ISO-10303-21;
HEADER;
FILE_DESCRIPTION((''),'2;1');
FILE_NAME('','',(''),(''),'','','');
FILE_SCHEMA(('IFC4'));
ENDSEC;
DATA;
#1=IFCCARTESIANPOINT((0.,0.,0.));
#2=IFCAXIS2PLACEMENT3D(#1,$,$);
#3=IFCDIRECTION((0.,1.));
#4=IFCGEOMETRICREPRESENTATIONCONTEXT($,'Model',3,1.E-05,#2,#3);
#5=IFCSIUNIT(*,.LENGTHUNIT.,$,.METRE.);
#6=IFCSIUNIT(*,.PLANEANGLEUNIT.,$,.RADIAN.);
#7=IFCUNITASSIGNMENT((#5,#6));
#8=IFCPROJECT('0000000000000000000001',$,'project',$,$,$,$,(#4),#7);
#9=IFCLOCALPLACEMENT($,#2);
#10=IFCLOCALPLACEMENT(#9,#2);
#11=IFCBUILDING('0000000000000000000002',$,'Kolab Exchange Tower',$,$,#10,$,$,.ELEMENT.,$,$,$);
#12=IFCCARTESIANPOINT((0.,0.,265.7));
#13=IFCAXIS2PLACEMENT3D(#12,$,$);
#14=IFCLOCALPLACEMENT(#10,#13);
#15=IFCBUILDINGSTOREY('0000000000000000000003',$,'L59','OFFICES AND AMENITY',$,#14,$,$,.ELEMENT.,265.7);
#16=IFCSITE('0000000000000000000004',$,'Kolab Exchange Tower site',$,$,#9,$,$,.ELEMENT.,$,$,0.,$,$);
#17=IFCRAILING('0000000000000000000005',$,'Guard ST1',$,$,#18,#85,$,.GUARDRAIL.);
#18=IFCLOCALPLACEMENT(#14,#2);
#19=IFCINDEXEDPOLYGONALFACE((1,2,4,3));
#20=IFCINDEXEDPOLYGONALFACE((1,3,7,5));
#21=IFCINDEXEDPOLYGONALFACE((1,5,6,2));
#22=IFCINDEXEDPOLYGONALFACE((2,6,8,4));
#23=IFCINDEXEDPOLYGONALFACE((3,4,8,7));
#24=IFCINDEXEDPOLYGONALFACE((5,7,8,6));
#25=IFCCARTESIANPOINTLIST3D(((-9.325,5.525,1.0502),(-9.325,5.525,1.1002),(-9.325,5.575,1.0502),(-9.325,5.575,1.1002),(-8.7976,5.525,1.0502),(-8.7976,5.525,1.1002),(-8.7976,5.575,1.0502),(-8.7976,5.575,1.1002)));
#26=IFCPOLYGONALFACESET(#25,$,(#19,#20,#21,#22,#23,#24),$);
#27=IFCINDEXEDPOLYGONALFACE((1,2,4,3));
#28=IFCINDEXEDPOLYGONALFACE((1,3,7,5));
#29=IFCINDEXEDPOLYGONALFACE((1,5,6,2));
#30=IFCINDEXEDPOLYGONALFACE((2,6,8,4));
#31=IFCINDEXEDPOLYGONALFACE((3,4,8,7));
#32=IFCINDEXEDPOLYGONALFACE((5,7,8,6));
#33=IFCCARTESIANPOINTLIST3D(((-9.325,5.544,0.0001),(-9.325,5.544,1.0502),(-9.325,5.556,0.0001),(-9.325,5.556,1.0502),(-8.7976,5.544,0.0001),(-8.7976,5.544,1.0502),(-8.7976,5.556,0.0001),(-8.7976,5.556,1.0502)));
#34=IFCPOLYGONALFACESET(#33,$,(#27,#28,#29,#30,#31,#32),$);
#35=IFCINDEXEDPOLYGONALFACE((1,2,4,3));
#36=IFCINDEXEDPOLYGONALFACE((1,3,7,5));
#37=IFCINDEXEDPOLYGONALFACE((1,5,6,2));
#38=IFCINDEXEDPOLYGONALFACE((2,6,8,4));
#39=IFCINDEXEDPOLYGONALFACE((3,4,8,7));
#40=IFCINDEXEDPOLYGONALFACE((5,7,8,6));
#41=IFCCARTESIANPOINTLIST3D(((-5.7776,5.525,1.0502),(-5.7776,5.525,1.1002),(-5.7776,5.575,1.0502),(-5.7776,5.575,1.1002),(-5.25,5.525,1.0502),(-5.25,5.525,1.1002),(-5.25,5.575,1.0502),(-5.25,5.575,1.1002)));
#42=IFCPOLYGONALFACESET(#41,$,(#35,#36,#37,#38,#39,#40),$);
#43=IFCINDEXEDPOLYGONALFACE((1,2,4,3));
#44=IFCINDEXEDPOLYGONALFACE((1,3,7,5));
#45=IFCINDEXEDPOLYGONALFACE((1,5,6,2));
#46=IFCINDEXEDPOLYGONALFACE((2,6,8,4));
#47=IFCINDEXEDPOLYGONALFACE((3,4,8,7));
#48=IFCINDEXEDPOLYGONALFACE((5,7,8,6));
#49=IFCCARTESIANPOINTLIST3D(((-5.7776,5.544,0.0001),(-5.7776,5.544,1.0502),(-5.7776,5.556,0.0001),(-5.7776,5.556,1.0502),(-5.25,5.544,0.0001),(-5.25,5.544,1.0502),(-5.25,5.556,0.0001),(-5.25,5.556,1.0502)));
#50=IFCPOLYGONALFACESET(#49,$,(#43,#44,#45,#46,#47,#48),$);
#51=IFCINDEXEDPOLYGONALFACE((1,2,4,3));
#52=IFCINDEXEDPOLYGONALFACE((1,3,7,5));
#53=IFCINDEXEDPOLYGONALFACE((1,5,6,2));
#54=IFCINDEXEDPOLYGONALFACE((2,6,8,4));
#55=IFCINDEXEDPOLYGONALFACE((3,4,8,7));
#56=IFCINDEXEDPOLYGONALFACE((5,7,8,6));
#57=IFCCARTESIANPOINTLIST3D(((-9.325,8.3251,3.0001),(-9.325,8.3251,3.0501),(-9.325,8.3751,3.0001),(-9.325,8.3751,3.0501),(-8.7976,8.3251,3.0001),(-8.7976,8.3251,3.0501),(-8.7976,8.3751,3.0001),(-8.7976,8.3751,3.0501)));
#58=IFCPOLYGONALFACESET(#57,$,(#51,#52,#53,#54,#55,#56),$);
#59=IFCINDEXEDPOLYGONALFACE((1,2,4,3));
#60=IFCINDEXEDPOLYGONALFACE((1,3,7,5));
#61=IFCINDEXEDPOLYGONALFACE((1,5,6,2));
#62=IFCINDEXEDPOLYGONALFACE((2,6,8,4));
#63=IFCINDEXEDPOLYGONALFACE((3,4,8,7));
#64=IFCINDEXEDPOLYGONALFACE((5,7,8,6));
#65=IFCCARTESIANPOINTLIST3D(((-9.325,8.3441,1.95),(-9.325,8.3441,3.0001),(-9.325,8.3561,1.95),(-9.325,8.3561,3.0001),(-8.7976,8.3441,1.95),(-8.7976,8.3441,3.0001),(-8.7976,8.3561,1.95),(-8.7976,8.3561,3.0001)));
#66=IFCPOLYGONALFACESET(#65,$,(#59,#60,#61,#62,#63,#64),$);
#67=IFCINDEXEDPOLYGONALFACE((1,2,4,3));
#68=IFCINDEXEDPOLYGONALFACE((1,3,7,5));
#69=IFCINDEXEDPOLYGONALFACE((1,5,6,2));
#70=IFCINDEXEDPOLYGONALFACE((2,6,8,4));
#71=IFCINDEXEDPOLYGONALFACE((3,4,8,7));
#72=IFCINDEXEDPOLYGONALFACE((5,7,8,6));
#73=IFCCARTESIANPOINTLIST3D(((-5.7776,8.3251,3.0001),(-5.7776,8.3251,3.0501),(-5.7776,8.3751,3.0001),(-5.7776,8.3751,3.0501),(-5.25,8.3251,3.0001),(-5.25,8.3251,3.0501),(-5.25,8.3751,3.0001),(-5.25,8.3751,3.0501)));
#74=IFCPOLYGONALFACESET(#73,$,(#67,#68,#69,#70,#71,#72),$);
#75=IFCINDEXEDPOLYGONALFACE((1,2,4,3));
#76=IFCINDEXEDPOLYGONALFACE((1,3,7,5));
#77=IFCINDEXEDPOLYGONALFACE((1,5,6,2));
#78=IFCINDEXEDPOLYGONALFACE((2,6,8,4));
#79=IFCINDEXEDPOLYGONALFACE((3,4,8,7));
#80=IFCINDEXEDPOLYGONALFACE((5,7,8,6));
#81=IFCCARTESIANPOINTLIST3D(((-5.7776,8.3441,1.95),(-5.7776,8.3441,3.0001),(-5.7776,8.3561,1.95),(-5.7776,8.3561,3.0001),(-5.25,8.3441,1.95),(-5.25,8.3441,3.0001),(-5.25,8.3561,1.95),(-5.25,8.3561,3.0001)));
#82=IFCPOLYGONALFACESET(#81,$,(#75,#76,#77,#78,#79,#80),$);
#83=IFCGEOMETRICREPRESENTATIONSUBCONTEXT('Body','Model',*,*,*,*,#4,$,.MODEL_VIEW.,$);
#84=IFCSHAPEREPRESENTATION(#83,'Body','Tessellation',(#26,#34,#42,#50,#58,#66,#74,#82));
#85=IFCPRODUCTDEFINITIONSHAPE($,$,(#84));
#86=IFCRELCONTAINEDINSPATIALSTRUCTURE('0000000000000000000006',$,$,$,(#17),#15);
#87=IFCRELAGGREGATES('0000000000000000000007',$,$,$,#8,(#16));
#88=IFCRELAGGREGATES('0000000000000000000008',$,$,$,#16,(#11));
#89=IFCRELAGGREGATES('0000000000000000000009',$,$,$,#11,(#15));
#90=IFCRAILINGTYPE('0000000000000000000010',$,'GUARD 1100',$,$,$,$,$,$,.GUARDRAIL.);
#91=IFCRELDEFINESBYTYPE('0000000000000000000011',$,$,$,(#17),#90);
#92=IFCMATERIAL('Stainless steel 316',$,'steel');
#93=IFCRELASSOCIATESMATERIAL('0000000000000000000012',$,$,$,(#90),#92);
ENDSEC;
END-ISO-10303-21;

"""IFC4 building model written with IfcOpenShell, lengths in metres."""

from ifc_helpers import new_model, si_unit, direction, frame, frame_2d, origin, origin_2d, place, context, subcontext, project, spatial, rectangle, extrude, material, type_object, element, save


model = new_model("IFC4")

# Units and contexts
model_context = context("Model", 3, precision=1e-05, world=origin(), true_north=direction((0.0, 1.0)))
body_context = subcontext(model_context, "Body", "Model", "MODEL_VIEW")
ifc_project = project(units=[si_unit("LENGTHUNIT", "METRE"), si_unit("PLANEANGLEUNIT", "RADIAN")], contexts=[model_context])

# Site, building, storey
site_placement = place(None, origin())
site = spatial("IfcSite", under=ifc_project, at=site_placement, Name="Kolab Exchange Tower site", CompositionType="ELEMENT", RefElevation=0.0)
building_placement = place(site_placement, origin())
building = spatial("IfcBuilding", under=site, at=building_placement, Name="Kolab Exchange Tower", CompositionType="ELEMENT")
storey_placement = place(building_placement, frame((0.0, 0.0, 265.7)))
storey = spatial("IfcBuildingStorey", under=building, at=storey_placement, Name="L59", Description="OFFICES AND AMENITY", CompositionType="ELEMENT", Elevation=265.7)

# Railing
ifc_material_1 = material(Name="Stainless steel 316", Category="steel")
railing_type = type_object("IfcRailingType", Name="GUARD 1100", PredefinedType="GUARDRAIL", material=ifc_material_1)
railing_placement = place(storey_placement, frame((-9.325, 5.55, 0.0)))
element("IfcRailing", 1, at=railing_placement, inside=storey, type_object=railing_type, Name="Guard ST1", PredefinedType="GUARDRAIL", context=body_context, shape_type="SweptSolid", body=[
    extrude(rectangle(XDim=0.05, YDim=0.05, at=origin_2d()), frame((0.0, 0.0, 1.0752), z_axis=(1.0, 0.0, 0.0), x_axis=(0.0, 1.0, 0.0)), (0.0, 0.0, 1.0), 0.5273),
    extrude(rectangle(XDim=0.012, YDim=1.0501, at=frame_2d((0.0, 0.5251))), frame((0.0, 0.0, 0.0), z_axis=(1.0, 0.0, 0.0), x_axis=(0.0, 1.0, 0.0)), (0.0, 0.0, 1.0), 0.5273),
    extrude(rectangle(XDim=0.05, YDim=0.05, at=origin_2d()), frame((3.5474, 0.0, 1.0752), z_axis=(1.0, 0.0, 0.0), x_axis=(0.0, 1.0, 0.0)), (0.0, 0.0, 1.0), 0.5276),
    extrude(rectangle(XDim=0.012, YDim=1.0501, at=frame_2d((0.0, 0.5251))), frame((3.5474, 0.0, 0.0), z_axis=(1.0, 0.0, 0.0), x_axis=(0.0, 1.0, 0.0)), (0.0, 0.0, 1.0), 0.5276),
    extrude(rectangle(XDim=0.05, YDim=0.05, at=origin_2d()), frame((0.0, 2.8, 3.0251), z_axis=(1.0, 0.0, 0.0), x_axis=(0.0, 1.0, 0.0)), (0.0, 0.0, 1.0), 0.5273),
    extrude(rectangle(XDim=0.012, YDim=1.0501, at=frame_2d((0.0, 0.5251))), frame((0.0, 2.8, 1.95), z_axis=(1.0, 0.0, 0.0), x_axis=(0.0, 1.0, 0.0)), (0.0, 0.0, 1.0), 0.5273),
    extrude(rectangle(XDim=0.05, YDim=0.05, at=origin_2d()), frame((3.5474, 2.8, 3.0251), z_axis=(1.0, 0.0, 0.0), x_axis=(0.0, 1.0, 0.0)), (0.0, 0.0, 1.0), 0.5276),
    extrude(rectangle(XDim=0.012, YDim=1.0501, at=frame_2d((0.0, 0.5251))), frame((3.5474, 2.8, 1.95), z_axis=(1.0, 0.0, 0.0), x_axis=(0.0, 1.0, 0.0)), (0.0, 0.0, 1.0), 0.5276),
])

save(model, "model.ifc")
